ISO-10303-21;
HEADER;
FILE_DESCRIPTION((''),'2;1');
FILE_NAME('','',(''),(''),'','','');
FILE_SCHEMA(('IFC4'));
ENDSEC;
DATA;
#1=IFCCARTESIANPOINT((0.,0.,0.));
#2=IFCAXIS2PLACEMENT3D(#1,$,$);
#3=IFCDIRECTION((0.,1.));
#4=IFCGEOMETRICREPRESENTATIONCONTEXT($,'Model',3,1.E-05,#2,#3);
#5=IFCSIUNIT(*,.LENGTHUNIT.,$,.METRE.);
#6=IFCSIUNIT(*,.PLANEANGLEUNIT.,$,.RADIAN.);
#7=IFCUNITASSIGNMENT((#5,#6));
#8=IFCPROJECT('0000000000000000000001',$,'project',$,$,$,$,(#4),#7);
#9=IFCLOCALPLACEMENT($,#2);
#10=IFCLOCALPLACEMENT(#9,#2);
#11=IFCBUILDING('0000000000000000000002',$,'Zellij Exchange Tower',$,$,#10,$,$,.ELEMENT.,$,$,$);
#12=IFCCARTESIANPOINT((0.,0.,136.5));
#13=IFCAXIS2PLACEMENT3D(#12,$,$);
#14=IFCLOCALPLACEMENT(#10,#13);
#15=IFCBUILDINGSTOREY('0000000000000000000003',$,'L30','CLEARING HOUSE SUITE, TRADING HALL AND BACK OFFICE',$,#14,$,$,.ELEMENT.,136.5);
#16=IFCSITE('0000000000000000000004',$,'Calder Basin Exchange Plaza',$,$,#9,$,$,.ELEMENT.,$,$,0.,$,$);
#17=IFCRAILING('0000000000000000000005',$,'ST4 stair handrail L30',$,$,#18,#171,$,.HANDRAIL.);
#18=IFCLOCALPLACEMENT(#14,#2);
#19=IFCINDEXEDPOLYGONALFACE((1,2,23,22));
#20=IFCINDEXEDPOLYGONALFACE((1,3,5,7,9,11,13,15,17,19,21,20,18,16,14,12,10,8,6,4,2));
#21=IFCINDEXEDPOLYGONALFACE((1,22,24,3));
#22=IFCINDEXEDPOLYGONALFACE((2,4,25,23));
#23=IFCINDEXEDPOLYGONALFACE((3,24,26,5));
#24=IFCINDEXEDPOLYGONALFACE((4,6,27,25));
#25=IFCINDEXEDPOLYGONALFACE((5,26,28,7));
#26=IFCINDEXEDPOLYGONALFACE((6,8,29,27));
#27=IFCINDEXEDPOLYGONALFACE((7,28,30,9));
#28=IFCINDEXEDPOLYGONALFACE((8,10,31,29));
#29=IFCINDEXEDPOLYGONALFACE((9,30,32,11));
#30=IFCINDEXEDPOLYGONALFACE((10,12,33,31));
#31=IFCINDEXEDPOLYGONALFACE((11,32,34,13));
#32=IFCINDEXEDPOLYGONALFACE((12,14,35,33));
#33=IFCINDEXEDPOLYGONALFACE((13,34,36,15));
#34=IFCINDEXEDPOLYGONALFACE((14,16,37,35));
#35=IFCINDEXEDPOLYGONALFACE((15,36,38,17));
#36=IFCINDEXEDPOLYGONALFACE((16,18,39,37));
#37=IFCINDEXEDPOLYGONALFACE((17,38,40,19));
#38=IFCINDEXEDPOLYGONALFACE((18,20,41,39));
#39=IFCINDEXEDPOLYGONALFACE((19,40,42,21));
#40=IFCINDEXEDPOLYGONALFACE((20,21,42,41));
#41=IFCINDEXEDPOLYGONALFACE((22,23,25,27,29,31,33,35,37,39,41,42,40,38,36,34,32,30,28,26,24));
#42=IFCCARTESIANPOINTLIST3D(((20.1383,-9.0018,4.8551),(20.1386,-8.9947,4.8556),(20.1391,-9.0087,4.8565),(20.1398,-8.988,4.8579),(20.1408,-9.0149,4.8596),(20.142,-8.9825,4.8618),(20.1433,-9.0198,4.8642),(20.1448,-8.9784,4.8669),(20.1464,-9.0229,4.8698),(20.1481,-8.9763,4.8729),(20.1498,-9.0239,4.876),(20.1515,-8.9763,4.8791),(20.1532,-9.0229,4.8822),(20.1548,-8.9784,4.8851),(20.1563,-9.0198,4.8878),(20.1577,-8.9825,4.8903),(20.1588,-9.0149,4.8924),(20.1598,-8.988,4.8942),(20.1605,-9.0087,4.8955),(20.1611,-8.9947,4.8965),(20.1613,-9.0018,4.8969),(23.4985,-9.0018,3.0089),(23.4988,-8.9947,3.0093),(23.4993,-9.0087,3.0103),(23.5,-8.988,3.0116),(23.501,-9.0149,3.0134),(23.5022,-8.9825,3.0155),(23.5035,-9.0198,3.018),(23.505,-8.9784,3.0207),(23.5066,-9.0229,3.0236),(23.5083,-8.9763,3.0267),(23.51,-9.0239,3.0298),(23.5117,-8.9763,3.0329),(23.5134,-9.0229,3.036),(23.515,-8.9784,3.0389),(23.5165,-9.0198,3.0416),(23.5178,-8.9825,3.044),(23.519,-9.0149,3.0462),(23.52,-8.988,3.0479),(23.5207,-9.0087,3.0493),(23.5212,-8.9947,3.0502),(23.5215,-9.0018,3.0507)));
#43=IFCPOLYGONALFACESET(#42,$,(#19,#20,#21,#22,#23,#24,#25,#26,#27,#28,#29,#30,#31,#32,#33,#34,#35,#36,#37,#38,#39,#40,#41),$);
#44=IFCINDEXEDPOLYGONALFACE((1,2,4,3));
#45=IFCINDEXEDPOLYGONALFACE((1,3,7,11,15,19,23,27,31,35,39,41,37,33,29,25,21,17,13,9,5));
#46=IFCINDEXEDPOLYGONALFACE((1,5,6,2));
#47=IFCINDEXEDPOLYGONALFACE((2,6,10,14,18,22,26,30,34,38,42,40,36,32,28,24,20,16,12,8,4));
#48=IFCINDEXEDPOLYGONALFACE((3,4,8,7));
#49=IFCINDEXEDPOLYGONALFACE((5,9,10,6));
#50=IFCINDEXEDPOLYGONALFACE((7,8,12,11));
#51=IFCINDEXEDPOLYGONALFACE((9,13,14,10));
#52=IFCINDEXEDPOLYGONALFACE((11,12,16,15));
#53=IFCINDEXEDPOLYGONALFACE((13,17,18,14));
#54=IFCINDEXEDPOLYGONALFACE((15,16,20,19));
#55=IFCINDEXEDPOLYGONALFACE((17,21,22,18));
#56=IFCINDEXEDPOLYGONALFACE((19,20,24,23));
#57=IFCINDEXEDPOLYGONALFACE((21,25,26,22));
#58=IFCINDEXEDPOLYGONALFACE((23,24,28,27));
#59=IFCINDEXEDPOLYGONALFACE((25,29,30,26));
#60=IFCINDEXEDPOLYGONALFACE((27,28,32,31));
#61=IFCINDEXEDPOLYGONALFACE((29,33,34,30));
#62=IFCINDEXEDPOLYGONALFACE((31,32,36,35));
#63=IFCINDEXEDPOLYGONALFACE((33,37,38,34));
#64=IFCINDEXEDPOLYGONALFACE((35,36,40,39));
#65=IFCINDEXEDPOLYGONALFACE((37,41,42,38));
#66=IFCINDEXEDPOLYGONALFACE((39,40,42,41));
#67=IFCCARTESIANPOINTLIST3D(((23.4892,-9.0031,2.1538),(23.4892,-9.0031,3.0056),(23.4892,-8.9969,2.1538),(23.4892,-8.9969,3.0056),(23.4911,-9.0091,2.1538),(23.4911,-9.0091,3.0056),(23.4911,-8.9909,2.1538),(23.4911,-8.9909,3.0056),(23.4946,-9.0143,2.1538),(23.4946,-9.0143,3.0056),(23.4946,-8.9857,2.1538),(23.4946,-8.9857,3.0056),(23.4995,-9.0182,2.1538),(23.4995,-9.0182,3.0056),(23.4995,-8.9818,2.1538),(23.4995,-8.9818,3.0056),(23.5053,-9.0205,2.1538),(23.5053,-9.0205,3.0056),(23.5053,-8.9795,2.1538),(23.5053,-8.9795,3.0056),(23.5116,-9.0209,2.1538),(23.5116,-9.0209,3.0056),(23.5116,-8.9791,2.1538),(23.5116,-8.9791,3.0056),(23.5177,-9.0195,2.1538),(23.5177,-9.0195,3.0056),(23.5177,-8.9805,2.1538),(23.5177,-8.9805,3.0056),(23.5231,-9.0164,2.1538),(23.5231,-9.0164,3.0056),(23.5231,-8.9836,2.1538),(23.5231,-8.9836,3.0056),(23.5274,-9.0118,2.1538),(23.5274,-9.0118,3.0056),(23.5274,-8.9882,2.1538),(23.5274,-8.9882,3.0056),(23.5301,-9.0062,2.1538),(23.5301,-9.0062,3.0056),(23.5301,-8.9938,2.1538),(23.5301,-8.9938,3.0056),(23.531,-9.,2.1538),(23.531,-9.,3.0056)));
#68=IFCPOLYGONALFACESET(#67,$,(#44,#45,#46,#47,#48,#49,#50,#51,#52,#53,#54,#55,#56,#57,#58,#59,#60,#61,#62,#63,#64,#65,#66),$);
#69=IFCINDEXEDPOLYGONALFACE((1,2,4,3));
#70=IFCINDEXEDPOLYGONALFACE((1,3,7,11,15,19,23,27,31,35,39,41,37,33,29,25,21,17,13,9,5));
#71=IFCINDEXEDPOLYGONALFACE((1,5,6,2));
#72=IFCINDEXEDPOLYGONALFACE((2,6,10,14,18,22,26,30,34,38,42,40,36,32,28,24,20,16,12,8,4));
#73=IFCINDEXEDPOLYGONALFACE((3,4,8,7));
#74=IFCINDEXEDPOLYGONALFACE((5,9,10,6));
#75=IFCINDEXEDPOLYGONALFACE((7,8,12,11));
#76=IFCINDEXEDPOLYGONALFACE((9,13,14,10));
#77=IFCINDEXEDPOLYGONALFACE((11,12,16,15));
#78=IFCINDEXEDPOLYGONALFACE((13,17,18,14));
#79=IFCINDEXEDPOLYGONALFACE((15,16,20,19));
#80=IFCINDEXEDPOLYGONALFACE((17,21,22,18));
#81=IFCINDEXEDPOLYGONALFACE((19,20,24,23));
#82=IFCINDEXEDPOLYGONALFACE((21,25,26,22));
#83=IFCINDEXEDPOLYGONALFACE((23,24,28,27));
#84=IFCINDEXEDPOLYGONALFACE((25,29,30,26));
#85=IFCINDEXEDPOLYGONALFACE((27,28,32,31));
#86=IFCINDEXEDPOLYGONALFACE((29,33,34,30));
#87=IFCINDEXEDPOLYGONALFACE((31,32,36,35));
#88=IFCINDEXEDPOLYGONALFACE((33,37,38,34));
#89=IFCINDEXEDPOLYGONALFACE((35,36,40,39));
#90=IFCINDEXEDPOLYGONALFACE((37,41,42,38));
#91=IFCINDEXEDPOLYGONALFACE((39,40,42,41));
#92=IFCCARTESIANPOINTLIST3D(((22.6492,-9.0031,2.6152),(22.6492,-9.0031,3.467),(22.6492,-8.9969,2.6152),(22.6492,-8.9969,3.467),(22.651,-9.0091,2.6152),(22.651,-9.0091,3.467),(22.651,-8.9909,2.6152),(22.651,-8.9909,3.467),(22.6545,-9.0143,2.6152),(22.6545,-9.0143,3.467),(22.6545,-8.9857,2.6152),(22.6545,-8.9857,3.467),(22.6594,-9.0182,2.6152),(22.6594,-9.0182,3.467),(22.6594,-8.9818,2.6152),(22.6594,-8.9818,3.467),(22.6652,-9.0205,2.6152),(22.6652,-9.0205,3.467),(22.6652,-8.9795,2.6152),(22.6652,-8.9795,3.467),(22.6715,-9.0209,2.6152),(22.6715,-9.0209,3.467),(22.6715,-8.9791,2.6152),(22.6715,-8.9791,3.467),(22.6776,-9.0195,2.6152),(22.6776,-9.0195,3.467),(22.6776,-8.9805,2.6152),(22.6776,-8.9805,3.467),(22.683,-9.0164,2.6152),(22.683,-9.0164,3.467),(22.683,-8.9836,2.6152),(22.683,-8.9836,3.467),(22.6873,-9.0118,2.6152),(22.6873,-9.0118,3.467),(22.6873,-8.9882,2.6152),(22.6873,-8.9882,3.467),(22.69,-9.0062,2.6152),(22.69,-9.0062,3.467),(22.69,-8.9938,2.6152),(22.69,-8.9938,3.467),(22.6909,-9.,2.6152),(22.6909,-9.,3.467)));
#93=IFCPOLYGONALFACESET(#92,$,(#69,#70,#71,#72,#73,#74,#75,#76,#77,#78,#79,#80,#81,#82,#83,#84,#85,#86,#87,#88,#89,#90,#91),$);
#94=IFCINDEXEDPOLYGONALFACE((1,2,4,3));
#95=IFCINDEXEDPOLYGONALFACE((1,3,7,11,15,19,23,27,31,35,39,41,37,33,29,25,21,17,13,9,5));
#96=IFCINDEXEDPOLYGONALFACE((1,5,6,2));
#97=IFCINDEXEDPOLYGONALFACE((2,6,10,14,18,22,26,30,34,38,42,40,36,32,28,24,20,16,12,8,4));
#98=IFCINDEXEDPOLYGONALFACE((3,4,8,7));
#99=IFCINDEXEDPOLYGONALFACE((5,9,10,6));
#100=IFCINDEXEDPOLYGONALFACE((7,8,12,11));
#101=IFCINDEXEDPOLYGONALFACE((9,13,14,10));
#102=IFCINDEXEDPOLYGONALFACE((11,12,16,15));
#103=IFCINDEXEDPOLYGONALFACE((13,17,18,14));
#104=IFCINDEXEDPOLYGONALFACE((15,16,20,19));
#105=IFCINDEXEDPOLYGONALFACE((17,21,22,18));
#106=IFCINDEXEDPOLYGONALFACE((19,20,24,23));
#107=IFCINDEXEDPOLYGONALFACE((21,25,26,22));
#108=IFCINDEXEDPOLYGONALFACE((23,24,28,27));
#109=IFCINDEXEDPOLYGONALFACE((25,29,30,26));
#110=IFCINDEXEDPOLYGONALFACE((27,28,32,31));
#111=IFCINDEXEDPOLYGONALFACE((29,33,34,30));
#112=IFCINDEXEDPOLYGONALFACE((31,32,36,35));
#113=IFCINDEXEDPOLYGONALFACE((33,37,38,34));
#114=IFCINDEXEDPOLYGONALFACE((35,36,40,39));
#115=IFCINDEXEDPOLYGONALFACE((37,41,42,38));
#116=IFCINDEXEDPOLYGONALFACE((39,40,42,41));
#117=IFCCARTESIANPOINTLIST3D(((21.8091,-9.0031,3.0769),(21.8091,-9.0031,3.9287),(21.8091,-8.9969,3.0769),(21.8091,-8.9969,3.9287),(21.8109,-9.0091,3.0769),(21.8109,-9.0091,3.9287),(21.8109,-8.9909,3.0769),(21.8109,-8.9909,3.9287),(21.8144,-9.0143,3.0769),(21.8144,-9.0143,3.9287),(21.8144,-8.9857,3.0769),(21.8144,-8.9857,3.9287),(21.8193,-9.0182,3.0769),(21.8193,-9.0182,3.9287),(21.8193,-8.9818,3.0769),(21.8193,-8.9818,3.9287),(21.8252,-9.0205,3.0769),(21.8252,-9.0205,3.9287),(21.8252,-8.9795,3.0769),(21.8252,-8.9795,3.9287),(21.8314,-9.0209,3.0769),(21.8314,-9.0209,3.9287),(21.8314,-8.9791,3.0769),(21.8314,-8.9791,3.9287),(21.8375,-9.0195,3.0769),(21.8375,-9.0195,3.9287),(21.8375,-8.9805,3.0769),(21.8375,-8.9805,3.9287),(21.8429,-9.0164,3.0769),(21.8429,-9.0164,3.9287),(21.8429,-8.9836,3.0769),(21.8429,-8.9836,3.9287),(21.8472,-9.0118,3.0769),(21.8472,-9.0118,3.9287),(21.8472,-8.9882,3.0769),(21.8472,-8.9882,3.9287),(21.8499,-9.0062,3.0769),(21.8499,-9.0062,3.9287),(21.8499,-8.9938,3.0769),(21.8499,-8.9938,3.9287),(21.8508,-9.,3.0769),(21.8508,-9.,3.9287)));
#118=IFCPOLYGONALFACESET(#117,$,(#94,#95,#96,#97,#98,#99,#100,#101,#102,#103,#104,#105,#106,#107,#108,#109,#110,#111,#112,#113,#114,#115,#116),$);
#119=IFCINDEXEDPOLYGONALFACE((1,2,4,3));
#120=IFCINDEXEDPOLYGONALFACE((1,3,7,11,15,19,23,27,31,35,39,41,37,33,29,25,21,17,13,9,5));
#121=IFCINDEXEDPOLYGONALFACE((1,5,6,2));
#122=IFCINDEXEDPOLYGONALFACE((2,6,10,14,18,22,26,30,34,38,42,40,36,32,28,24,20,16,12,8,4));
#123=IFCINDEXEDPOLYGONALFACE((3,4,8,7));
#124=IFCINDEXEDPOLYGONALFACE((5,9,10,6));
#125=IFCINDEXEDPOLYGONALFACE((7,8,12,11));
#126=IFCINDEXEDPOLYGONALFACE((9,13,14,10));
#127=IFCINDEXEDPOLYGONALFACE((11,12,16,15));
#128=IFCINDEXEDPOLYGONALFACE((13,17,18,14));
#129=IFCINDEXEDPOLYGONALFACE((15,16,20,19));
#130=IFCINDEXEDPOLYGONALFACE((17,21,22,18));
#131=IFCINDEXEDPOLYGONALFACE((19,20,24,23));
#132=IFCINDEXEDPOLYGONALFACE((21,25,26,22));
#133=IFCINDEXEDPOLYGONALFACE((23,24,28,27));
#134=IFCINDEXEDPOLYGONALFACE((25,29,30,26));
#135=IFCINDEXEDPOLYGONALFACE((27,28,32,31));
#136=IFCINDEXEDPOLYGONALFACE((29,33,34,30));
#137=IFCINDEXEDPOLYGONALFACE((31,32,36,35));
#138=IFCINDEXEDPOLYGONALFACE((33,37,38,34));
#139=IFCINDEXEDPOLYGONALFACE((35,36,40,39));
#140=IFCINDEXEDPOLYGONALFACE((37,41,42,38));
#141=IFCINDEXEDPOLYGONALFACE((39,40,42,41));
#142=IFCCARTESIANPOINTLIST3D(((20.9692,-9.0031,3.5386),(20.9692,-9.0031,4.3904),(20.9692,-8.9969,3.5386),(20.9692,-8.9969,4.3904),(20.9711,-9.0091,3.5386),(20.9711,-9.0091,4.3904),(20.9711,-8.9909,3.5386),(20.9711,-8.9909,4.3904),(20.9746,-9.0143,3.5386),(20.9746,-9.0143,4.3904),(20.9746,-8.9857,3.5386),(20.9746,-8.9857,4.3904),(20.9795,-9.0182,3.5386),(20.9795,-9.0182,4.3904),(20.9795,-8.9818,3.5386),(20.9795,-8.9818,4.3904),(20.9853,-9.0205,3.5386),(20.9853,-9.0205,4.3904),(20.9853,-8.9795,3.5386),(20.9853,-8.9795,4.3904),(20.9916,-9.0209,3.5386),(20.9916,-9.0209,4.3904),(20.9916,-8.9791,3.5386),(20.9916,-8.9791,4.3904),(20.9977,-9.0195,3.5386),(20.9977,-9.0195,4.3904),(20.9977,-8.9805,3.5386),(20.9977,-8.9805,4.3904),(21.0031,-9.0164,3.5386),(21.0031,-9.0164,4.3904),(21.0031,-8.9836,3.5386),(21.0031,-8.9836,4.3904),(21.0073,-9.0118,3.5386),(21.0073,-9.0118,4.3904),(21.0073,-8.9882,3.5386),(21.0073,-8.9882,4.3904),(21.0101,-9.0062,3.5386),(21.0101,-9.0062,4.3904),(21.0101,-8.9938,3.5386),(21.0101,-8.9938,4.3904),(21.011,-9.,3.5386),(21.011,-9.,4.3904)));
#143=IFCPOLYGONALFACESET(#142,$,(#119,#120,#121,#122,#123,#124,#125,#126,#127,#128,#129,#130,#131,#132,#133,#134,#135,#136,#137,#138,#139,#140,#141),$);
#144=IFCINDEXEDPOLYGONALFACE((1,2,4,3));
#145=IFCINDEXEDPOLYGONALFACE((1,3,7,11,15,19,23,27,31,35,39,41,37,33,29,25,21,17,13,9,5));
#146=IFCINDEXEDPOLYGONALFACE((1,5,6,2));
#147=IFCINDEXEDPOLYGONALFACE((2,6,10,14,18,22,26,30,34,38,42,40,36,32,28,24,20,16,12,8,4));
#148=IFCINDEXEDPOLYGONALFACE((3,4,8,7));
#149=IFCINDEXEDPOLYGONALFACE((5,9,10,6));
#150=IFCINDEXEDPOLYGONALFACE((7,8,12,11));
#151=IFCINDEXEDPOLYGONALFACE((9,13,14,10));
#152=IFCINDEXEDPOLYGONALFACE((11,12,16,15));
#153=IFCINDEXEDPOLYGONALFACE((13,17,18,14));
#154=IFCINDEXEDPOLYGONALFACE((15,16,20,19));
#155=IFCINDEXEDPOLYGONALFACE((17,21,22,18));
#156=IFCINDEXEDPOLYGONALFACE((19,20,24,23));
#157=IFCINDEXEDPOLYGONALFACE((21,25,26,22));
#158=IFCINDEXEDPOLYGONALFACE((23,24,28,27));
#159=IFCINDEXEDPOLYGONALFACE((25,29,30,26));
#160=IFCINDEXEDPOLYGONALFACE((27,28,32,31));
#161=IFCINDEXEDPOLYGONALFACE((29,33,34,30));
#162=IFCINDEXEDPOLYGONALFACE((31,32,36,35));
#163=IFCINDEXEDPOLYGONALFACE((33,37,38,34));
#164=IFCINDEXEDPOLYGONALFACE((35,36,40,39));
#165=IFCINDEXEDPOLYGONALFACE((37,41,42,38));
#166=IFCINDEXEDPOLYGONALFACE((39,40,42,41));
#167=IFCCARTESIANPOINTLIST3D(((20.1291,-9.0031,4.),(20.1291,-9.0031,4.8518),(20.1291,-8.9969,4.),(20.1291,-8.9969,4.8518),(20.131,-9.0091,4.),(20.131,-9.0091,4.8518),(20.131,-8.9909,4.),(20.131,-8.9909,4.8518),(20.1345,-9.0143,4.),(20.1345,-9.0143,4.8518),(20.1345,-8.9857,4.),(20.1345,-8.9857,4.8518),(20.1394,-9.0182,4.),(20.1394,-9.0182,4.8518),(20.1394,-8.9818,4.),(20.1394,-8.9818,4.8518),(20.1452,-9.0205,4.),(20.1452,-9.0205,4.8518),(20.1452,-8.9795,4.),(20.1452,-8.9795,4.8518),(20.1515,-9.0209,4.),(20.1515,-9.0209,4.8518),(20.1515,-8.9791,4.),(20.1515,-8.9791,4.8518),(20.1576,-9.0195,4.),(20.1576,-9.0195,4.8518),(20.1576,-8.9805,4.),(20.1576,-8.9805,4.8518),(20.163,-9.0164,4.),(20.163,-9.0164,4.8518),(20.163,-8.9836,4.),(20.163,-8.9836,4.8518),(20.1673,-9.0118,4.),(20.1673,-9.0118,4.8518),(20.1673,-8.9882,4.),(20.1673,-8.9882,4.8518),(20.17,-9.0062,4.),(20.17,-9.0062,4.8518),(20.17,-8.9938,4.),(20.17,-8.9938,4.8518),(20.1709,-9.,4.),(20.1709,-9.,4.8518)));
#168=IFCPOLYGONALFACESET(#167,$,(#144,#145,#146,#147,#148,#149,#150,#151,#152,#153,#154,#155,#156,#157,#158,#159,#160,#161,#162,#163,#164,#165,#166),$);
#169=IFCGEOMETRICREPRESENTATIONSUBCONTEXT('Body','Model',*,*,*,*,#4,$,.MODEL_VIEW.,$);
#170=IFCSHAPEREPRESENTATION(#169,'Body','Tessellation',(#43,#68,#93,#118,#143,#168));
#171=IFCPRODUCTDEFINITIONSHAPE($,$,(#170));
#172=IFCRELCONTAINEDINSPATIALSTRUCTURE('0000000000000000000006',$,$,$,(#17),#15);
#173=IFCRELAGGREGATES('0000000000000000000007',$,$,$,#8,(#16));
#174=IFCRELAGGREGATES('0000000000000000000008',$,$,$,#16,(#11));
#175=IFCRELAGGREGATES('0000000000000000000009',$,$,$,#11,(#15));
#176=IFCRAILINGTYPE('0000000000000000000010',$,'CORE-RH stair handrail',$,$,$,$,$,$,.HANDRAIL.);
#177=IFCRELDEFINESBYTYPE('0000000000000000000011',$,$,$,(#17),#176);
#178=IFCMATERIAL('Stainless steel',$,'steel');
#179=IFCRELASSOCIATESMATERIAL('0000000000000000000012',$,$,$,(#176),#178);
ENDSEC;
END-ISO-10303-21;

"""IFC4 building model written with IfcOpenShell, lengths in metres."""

from ifc_helpers import new_model, si_unit, direction, frame, origin, origin_2d, place, context, subcontext, project, spatial, circle, extrude, material, type_object, element, save


model = new_model("IFC4")

# Units and contexts
model_context = context("Model", 3, precision=1e-05, world=origin(), true_north=direction((0.0, 1.0)))
body_context = subcontext(model_context, "Body", "Model", "MODEL_VIEW")
ifc_project = project(units=[si_unit("LENGTHUNIT", "METRE"), si_unit("PLANEANGLEUNIT", "RADIAN")], contexts=[model_context])

# Site, building, storey
site_placement = place(None, origin())
site = spatial("IfcSite", under=ifc_project, at=site_placement, Name="Calder Basin Exchange Plaza", CompositionType="ELEMENT", RefElevation=0.0)
building_placement = place(site_placement, origin())
building = spatial("IfcBuilding", under=site, at=building_placement, Name="Zellij Exchange Tower", CompositionType="ELEMENT")
storey_placement = place(building_placement, frame((0.0, 0.0, 136.5)))
storey = spatial("IfcBuildingStorey", under=building, at=storey_placement, Name="L30", Description="CLEARING HOUSE SUITE, TRADING HALL AND BACK OFFICE", CompositionType="ELEMENT", Elevation=136.5)

# Railing
ifc_material_1 = material(Name="Stainless steel", Category="steel")
railing_type = type_object("IfcRailingType", Name="CORE-RH stair handrail", PredefinedType="HANDRAIL", material=ifc_material_1)
railing_1_placement = place(storey_placement, frame((23.51, -9.0, 2.1538)))
element("IfcRailing", 1, at=railing_1_placement, inside=storey, type_object=railing_type, Name="ST4 stair handrail L30", PredefinedType="HANDRAIL", context=body_context, shape_type="SweptSolid", body=[
    extrude(circle(Radius=0.0239, at=origin_2d()), frame((0.0, 0.0, 0.876), z_axis=(-0.876422, 0.0, 0.481545), x_axis=(0.0, -1.0, 0.0)), (0.0, 0.0, 1.0), 3.834),
    extrude(circle(Radius=0.021, at=origin_2d()), origin(), (0.0, 0.0, 1.0), 0.8518),
    extrude(circle(Radius=0.021, at=origin_2d()), frame((-0.8401, 0.0, 0.4614)), (0.0, 0.0, 1.0), 0.8518),
    extrude(circle(Radius=0.021, at=origin_2d()), frame((-1.6802, 0.0, 0.9231)), (0.0, 0.0, 1.0), 0.8518),
    extrude(circle(Radius=0.021, at=origin_2d()), frame((-2.52, 0.0, 1.3848)), (0.0, 0.0, 1.0), 0.8518),
    extrude(circle(Radius=0.021, at=origin_2d()), frame((-3.3601, 0.0, 1.8462)), (0.0, 0.0, 1.0), 0.8518),
])

save(model, "model.ifc")
